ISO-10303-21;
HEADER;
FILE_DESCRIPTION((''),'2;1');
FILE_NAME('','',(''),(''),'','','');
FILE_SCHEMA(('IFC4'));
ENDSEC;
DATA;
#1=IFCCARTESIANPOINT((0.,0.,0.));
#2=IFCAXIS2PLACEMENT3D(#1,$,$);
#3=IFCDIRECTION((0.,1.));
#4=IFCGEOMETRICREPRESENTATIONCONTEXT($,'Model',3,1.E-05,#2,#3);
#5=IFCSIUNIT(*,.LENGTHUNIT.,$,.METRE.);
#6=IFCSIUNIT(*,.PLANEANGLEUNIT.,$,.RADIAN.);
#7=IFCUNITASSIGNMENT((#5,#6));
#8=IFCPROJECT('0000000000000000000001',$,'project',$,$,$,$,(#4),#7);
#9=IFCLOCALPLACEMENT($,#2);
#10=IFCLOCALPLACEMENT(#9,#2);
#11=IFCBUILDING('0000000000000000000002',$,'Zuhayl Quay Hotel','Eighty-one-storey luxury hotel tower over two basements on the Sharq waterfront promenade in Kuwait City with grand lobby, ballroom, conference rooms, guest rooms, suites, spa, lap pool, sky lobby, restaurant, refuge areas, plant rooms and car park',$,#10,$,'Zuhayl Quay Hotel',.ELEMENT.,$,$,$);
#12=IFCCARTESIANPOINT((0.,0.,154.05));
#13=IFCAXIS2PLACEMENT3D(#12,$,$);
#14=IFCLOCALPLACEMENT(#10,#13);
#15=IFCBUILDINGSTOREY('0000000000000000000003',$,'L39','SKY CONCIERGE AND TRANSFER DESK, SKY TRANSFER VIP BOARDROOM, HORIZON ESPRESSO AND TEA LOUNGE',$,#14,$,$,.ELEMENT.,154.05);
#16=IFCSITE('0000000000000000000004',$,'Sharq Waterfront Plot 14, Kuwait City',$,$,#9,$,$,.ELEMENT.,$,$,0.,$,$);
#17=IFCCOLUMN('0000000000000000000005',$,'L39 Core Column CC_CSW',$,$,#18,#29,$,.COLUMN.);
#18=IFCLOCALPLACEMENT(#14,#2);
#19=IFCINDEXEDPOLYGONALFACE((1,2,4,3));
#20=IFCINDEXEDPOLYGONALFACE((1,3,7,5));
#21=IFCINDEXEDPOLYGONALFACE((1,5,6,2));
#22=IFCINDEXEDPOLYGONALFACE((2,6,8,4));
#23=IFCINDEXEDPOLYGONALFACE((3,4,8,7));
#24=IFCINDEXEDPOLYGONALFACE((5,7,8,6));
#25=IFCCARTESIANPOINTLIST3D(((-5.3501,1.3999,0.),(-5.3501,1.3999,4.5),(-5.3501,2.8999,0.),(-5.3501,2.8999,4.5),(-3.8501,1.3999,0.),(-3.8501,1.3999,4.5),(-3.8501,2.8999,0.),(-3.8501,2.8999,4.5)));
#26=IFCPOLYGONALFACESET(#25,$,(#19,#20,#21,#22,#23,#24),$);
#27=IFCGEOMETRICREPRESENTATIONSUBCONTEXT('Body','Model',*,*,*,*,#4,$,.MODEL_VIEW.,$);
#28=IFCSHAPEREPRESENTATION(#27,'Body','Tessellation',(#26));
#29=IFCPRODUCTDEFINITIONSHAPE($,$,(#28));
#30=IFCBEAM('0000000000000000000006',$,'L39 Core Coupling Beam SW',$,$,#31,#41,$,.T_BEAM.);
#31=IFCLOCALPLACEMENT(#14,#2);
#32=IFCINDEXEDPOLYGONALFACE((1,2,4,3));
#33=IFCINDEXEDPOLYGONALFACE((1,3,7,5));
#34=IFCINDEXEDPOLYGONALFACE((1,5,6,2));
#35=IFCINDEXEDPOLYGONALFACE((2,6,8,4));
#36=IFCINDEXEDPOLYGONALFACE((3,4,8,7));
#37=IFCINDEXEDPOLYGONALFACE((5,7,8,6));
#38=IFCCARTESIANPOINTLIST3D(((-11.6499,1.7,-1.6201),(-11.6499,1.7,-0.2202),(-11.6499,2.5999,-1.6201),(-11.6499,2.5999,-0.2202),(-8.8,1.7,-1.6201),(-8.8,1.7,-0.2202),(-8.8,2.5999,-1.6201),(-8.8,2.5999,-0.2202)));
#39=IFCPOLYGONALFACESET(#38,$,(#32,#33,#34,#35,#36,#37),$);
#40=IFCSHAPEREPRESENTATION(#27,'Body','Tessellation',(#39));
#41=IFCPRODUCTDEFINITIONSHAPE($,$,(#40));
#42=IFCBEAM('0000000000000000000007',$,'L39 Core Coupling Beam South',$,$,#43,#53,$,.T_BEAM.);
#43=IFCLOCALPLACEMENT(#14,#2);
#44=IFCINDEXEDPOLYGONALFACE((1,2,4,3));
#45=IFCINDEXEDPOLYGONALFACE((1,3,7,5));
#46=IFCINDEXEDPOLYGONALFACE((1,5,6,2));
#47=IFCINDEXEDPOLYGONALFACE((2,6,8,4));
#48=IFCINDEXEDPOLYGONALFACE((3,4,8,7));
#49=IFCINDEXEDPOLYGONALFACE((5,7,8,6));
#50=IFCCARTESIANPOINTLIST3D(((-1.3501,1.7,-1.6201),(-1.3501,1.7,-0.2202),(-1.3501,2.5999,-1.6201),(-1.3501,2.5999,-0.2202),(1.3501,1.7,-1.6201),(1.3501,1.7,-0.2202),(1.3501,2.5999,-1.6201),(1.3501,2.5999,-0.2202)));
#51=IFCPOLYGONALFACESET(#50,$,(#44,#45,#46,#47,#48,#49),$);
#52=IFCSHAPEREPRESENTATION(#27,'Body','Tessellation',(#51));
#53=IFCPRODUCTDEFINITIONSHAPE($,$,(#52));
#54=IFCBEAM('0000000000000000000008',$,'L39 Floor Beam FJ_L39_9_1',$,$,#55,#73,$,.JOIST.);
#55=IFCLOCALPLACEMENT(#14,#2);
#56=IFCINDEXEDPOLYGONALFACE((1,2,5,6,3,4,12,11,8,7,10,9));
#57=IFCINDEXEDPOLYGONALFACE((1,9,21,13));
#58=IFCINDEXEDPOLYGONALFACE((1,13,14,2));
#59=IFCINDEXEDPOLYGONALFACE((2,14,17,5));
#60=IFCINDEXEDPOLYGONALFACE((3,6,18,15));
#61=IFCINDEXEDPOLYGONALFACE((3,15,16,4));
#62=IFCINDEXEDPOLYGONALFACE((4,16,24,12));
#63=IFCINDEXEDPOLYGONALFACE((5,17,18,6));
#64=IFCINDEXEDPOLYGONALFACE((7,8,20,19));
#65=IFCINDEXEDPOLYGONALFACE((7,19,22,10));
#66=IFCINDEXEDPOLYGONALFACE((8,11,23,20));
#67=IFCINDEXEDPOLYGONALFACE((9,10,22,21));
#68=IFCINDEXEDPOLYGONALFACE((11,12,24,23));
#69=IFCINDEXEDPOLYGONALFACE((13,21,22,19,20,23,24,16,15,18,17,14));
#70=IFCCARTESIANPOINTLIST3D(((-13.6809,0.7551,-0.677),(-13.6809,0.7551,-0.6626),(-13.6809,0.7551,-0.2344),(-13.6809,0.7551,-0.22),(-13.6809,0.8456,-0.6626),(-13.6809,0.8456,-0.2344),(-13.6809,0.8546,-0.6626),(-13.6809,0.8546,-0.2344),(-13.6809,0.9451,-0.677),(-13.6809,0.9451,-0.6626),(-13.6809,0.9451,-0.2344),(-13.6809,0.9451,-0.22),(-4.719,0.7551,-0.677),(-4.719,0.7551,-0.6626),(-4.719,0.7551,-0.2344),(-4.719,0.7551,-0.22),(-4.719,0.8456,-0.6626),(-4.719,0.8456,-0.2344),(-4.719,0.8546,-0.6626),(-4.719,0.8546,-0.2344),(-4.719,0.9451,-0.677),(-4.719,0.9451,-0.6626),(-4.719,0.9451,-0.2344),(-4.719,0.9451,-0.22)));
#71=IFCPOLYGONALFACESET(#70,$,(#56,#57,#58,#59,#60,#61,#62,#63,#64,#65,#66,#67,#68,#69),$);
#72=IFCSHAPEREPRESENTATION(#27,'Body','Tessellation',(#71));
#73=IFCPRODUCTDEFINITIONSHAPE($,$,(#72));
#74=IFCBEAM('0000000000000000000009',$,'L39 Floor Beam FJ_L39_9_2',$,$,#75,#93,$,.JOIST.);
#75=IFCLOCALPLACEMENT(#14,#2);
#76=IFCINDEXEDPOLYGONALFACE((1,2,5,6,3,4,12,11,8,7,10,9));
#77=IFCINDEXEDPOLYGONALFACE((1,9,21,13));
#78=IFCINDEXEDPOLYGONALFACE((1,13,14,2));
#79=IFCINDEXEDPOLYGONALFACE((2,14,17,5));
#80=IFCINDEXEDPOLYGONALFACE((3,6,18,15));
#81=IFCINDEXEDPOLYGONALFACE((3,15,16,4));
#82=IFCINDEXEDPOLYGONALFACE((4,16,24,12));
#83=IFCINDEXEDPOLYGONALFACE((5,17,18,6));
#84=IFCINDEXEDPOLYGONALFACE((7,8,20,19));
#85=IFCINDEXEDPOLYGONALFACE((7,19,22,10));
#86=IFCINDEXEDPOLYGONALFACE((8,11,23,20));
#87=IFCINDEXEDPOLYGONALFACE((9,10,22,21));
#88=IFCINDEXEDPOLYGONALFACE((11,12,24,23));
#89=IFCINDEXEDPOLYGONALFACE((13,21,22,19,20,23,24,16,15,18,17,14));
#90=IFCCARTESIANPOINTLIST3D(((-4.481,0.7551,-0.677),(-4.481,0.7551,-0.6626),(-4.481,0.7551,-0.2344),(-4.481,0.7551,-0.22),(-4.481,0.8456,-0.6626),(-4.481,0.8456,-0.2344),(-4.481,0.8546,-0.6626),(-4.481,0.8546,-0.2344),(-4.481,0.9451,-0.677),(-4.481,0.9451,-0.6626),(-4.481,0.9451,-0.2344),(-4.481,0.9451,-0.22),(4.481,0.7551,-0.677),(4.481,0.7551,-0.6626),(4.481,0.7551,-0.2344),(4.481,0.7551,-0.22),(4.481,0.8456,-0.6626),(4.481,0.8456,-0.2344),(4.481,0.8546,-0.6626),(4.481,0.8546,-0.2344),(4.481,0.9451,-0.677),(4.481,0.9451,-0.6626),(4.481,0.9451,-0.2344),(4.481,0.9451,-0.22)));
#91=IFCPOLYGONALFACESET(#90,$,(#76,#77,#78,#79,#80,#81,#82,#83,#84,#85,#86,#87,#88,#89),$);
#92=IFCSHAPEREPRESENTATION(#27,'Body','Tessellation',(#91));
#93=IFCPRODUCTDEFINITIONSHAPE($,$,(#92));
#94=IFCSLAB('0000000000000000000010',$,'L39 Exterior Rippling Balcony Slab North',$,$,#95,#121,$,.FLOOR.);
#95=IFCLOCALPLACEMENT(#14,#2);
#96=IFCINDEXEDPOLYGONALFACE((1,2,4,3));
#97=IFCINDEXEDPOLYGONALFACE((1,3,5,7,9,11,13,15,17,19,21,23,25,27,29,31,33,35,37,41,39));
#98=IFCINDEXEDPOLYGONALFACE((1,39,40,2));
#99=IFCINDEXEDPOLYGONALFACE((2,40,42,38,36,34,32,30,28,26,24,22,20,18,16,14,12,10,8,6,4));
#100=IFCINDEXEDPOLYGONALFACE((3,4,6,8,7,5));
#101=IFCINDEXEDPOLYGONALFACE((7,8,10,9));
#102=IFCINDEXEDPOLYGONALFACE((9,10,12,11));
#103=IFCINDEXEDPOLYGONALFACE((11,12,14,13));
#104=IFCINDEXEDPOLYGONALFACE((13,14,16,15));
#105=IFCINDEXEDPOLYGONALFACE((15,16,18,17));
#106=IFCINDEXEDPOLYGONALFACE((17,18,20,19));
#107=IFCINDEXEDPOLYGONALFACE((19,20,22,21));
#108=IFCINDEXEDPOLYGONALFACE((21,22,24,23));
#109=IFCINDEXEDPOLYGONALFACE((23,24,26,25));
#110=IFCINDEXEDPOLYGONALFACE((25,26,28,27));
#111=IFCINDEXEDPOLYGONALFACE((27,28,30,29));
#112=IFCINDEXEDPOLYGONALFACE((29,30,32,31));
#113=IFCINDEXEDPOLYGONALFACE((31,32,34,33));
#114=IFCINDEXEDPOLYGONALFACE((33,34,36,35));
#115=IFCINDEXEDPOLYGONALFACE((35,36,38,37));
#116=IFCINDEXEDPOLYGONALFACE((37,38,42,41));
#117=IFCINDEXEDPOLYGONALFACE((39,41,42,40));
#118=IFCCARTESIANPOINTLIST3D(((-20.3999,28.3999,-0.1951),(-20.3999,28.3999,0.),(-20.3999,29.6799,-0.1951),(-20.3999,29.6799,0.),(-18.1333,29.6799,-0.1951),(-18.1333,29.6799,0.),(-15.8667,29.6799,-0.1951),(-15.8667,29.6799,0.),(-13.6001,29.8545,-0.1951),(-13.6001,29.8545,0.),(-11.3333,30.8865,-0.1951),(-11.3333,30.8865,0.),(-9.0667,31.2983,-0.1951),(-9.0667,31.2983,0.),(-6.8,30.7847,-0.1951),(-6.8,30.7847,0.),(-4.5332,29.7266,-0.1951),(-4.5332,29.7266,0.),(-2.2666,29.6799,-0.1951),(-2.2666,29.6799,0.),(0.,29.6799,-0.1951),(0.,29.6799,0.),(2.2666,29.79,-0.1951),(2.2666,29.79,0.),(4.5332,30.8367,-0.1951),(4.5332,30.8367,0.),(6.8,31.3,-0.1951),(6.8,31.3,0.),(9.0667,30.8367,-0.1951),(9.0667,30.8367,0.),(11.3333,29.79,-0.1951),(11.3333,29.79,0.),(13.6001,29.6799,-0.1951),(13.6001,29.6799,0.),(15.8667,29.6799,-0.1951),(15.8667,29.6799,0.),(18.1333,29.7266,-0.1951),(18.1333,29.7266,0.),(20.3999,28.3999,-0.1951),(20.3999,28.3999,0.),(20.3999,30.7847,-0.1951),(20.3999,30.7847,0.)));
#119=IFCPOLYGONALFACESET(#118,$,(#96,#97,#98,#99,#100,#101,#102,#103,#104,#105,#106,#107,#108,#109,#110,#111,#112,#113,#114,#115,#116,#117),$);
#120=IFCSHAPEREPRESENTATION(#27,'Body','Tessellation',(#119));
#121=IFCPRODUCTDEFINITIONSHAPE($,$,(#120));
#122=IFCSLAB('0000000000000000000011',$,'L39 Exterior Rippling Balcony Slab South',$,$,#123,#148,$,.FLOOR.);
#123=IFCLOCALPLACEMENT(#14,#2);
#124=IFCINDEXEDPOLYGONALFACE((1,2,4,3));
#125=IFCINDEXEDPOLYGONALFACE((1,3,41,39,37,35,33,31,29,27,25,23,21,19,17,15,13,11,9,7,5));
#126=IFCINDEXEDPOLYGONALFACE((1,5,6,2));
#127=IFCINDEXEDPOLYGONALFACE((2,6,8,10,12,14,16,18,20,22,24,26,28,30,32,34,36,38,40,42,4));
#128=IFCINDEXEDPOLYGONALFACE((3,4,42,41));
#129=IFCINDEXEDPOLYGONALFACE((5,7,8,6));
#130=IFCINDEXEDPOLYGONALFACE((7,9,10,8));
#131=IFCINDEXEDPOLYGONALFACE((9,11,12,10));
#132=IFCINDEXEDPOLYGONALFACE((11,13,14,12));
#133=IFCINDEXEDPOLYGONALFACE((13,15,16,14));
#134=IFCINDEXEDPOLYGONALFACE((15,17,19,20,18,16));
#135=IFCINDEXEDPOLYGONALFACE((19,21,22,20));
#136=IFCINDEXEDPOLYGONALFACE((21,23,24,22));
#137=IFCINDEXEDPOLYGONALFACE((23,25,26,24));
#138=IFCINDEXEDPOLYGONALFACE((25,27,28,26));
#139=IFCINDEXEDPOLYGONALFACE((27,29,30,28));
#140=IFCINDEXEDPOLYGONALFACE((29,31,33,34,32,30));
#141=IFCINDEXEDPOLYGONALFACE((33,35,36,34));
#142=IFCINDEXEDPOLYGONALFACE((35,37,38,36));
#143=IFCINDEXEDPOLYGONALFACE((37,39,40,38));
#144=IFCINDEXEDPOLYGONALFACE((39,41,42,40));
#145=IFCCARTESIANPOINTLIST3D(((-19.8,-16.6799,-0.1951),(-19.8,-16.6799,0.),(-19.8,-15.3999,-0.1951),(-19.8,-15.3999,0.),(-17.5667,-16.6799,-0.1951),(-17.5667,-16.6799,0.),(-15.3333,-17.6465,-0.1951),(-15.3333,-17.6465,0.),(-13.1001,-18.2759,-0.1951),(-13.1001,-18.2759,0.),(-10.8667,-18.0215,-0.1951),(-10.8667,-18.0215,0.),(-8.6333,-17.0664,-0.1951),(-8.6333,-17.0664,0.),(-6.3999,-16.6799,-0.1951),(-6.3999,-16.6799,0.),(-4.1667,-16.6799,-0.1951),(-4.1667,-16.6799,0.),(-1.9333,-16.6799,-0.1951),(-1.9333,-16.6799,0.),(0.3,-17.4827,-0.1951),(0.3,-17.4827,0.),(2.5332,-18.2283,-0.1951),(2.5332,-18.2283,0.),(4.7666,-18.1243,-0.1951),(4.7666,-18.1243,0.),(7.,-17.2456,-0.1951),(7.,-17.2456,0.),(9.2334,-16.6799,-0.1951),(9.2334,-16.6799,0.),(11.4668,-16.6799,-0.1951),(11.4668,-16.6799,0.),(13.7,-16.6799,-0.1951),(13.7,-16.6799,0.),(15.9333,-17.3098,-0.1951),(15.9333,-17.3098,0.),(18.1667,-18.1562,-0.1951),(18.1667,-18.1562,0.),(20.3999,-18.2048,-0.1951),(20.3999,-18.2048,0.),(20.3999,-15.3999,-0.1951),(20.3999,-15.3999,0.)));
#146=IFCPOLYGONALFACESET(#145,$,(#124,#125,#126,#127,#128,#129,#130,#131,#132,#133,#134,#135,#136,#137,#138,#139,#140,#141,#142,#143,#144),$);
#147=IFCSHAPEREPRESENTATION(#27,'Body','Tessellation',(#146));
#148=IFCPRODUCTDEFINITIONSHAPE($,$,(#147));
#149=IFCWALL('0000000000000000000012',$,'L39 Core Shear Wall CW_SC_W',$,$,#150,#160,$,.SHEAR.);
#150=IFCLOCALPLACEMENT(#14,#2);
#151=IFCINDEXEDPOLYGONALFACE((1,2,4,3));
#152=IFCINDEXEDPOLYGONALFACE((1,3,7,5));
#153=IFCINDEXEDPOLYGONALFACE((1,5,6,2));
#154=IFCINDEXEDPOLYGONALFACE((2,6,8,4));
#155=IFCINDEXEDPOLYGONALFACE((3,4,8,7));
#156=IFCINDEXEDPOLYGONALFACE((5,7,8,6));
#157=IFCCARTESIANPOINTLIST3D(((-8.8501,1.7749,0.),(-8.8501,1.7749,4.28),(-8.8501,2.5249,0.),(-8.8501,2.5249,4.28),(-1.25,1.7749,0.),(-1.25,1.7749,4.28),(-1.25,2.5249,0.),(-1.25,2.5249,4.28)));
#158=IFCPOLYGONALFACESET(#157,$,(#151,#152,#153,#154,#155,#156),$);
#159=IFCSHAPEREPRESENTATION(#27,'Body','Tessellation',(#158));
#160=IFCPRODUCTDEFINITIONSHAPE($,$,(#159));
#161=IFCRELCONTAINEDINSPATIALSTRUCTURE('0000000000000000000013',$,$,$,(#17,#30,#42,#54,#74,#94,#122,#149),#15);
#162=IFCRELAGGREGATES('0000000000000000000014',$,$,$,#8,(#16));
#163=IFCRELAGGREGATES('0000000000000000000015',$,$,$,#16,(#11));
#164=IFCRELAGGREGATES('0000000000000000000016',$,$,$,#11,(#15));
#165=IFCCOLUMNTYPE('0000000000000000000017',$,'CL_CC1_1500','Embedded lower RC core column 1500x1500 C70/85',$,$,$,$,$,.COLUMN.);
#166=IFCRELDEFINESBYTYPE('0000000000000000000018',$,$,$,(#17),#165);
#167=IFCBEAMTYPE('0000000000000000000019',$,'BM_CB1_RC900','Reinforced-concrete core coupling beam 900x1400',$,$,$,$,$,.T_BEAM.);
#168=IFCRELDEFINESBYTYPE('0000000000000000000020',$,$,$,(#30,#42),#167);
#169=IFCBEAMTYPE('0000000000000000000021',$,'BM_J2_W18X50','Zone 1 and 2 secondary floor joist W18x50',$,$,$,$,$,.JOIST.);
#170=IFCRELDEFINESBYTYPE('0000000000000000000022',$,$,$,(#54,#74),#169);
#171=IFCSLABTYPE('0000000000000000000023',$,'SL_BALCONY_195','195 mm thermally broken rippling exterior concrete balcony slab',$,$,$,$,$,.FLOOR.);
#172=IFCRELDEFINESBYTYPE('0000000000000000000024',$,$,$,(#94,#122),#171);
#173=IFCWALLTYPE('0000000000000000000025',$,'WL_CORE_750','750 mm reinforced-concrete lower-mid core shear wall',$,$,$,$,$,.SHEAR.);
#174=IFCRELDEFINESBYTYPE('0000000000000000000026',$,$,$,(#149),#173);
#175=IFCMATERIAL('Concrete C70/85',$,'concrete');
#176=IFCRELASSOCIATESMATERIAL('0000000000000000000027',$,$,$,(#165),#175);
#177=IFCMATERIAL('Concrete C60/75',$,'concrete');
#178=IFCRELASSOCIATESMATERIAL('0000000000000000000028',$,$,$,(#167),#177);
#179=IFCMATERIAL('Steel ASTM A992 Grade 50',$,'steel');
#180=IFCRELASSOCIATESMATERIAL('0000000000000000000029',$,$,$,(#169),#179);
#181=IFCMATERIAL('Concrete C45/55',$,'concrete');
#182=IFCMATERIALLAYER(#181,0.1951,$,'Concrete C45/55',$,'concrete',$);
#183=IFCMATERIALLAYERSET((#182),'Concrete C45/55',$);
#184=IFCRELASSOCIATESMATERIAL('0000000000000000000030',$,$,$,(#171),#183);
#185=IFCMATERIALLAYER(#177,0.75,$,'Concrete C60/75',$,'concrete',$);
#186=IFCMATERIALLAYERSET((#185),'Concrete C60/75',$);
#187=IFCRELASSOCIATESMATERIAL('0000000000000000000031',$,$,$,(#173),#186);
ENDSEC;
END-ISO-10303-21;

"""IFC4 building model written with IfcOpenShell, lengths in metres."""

from ifc_helpers import new_model, si_unit, direction, frame, frame_2d, origin, origin_2d, place, context, subcontext, project, spatial, polyline, rectangle, i_section, outline, extrude, material, layer, layer_set, material_profile, profile_set, type_object, element, save


model = new_model("IFC4")

# Units and contexts
model_context = context("Model", 3, precision=1e-05, world=origin(), true_north=direction((0.0, 1.0)))
body_context = subcontext(model_context, "Body", "Model", "MODEL_VIEW")
ifc_project = project(units=[si_unit("LENGTHUNIT", "METRE"), si_unit("PLANEANGLEUNIT", "RADIAN")], contexts=[model_context])

# Site, building, storey
site_placement = place(None, origin())
site = spatial("IfcSite", under=ifc_project, at=site_placement, Name="Sharq Waterfront Plot 14, Kuwait City", CompositionType="ELEMENT", RefElevation=0.0)
building_placement = place(site_placement, origin())
building = spatial("IfcBuilding", under=site, at=building_placement, Name="Zuhayl Quay Hotel", Description="Eighty-one-storey luxury hotel tower over two basements on the Sharq waterfront promenade in Kuwait City with grand lobby, ballroom, conference rooms, guest rooms, suites, spa, lap pool, sky lobby, restaurant, refuge areas, plant rooms and car park", LongName="Zuhayl Quay Hotel", CompositionType="ELEMENT")
storey_placement = place(building_placement, frame((0.0, 0.0, 154.05)))
storey = spatial("IfcBuildingStorey", under=building, at=storey_placement, Name="L39", Description="SKY CONCIERGE AND TRANSFER DESK, SKY TRANSFER VIP BOARDROOM, HORIZON ESPRESSO AND TEA LOUNGE", CompositionType="ELEMENT", Elevation=154.05)

# Column
ifc_material_1 = material(Name="Concrete C70/85", Category="concrete")
ifc_material_profile_1 = material_profile(ifc_material_1, rectangle(XDim=1.5, YDim=1.5, at=origin_2d()), Name="RC1500X1500")
ifc_profile_set_1 = profile_set([ifc_material_profile_1], Name="Concrete C70/85")
column_type = type_object("IfcColumnType", Name="CL_CC1_1500", Description="Embedded lower RC core column 1500x1500 C70/85", PredefinedType="COLUMN", material=ifc_profile_set_1)
column_placement = place(storey_placement, frame((-4.6001, 2.1499, 0.0), z_axis=(0.0, 0.0, 1.0), x_axis=(1.0, 0.0, 0.0)))
element("IfcColumn", 1, at=column_placement, inside=storey, type_object=column_type, Name="L39 Core Column CC_CSW", PredefinedType="COLUMN", context=body_context, shape_type="SweptSolid", body=[
    extrude(rectangle(XDim=1.5, YDim=1.5, at=origin_2d()), origin(), (0.0, 0.0, 1.0), 4.5),
])

# Beams
ifc_material_2 = material(Name="Concrete C60/75", Category="concrete")
ifc_material_profile_2 = material_profile(ifc_material_2, rectangle(XDim=0.8999, YDim=1.3999, at=origin_2d()), Name="RC900X1400")
ifc_profile_set_2 = profile_set([ifc_material_profile_2], Name="Concrete C60/75")
beam_type_1 = type_object("IfcBeamType", Name="BM_CB1_RC900", Description="Reinforced-concrete core coupling beam 900x1400", PredefinedType="T_BEAM", material=ifc_profile_set_2)
beam_1_placement = place(storey_placement, frame((-11.6499, 2.1499, -0.9202), z_axis=(1.0, 0.0, 0.0), x_axis=(0.0, 1.0, 0.0)))
element("IfcBeam", 2, at=beam_1_placement, inside=storey, type_object=beam_type_1, Name="L39 Core Coupling Beam SW", PredefinedType="T_BEAM", context=body_context, shape_type="SweptSolid", body=[
    extrude(rectangle(XDim=0.8999, YDim=1.3999, at=origin_2d()), origin(), (0.0, 0.0, 1.0), 2.8499),
])
beam_2_placement = place(storey_placement, frame((-1.3501, 2.1499, -0.9202), z_axis=(1.0, 0.0, 0.0), x_axis=(0.0, 1.0, 0.0)))
element("IfcBeam", 3, at=beam_2_placement, inside=storey, type_object=beam_type_1, Name="L39 Core Coupling Beam South", PredefinedType="T_BEAM", context=body_context, shape_type="SweptSolid", body=[
    extrude(rectangle(XDim=0.8999, YDim=1.3999, at=origin_2d()), origin(), (0.0, 0.0, 1.0), 2.7002),
])
ifc_material_3 = material(Name="Steel ASTM A992 Grade 50", Category="steel")
ifc_material_profile_3 = material_profile(ifc_material_3, i_section(OverallWidth=0.1899, OverallDepth=0.457, WebThickness=0.009, FlangeThickness=0.0144, at=origin_2d()), Name="W18X50")
ifc_profile_set_3 = profile_set([ifc_material_profile_3], Name="Steel ASTM A992 Grade 50")
beam_type_2 = type_object("IfcBeamType", Name="BM_J2_W18X50", Description="Zone 1 and 2 secondary floor joist W18x50", PredefinedType="JOIST", material=ifc_profile_set_3)
for number, where, z_axis, x_axis, name in (
    (4, (-13.6809, 0.8501, -0.4485), (1.0, 0.0, 0.0), (0.0, 1.0, 0.0), "L39 Floor Beam FJ_L39_9_1"),
    (5, (-4.481, 0.8501, -0.4485), (1.0, 0.0, 0.0), (0.0, 1.0, 0.0), "L39 Floor Beam FJ_L39_9_2"),
):
    element("IfcBeam", number, at=place(storey_placement, frame(where, z_axis=z_axis, x_axis=x_axis)), inside=storey, type_object=beam_type_2, Name=name, PredefinedType="JOIST", context=body_context, shape_type="SweptSolid", body=[
        extrude(i_section(OverallWidth=0.1899, OverallDepth=0.457, WebThickness=0.009, FlangeThickness=0.0144, at=origin_2d()), origin(), (0.0, 0.0, 1.0), 8.9619),
    ])

# Slabs
ifc_material_4 = material(Name="Concrete C45/55", Category="concrete")
ifc_layer_1 = layer(ifc_material_4, 0.1951, Name="Concrete C45/55", Category="concrete")
ifc_layer_set_1 = layer_set([ifc_layer_1], Name="Concrete C45/55")
slab_type = type_object("IfcSlabType", Name="SL_BALCONY_195", Description="195 mm thermally broken rippling exterior concrete balcony slab", PredefinedType="FLOOR", material=ifc_layer_set_1)
slab_1_placement = place(storey_placement, frame((0.0, 0.0, -0.1951)))
element("IfcSlab", 6, at=slab_1_placement, inside=storey, type_object=slab_type, Name="L39 Exterior Rippling Balcony Slab North", PredefinedType="FLOOR", context=body_context, shape_type="SweptSolid", body=[
    extrude(outline(polyline([(-20.3999, 28.3999), (20.3999, 28.3999), (20.3999, 30.7847), (18.1333, 29.7266), (15.8667, 29.6799), (13.6001, 29.6799), (11.3333, 29.79), (9.0667, 30.8367), (6.8, 31.3), (4.5332, 30.8367), (2.2666, 29.79), (0.0, 29.6799), (-2.2666, 29.6799), (-4.5332, 29.7266), (-6.8, 30.7847), (-9.0667, 31.2983), (-11.3333, 30.8865), (-13.6001, 29.8545), (-15.8667, 29.6799), (-18.1333, 29.6799), (-20.3999, 29.6799), (-20.3999, 28.3999)])), origin(), (0.0, 0.0, 1.0), 0.1951),
])
slab_2_placement = place(storey_placement, frame((0.0, 0.0, -0.1951)))
element("IfcSlab", 7, at=slab_2_placement, inside=storey, type_object=slab_type, Name="L39 Exterior Rippling Balcony Slab South", PredefinedType="FLOOR", context=body_context, shape_type="SweptSolid", body=[
    extrude(outline(polyline([(-19.8, -16.6799), (-17.5667, -16.6799), (-15.3333, -17.6465), (-13.1001, -18.2759), (-10.8667, -18.0215), (-8.6333, -17.0664), (-6.3999, -16.6799), (-4.1667, -16.6799), (-1.9333, -16.6799), (0.3, -17.4827), (2.5332, -18.2283), (4.7666, -18.1243), (7.0, -17.2456), (9.2334, -16.6799), (11.4668, -16.6799), (13.7, -16.6799), (15.9333, -17.3098), (18.1667, -18.1562), (20.3999, -18.2048), (20.3999, -15.3999), (-19.8, -15.3999), (-19.8, -16.6799)])), origin(), (0.0, 0.0, 1.0), 0.1951),
])

# Wall
ifc_layer_2 = layer(ifc_material_2, 0.75, Name="Concrete C60/75", Category="concrete")
ifc_layer_set_2 = layer_set([ifc_layer_2], Name="Concrete C60/75")
wall_type_1 = type_object("IfcWallType", Name="WL_CORE_750", Description="750 mm reinforced-concrete lower-mid core shear wall", PredefinedType="SHEAR", material=ifc_layer_set_2)
wall_1_placement = place(storey_placement, frame((-8.8501, 2.1499, 0.0), z_axis=(0.0, 0.0, 1.0), x_axis=(1.0, 0.0, 0.0)))
element("IfcWall", 8, at=wall_1_placement, inside=storey, type_object=wall_type_1, Name="L39 Core Shear Wall CW_SC_W", PredefinedType="SHEAR", context=body_context, shape_type="SweptSolid", body=[
    extrude(rectangle(XDim=7.6001, YDim=0.75, at=frame_2d((3.8, 0.0))), origin(), (0.0, 0.0, 1.0), 4.28),
])

save(model, "model.ifc")
